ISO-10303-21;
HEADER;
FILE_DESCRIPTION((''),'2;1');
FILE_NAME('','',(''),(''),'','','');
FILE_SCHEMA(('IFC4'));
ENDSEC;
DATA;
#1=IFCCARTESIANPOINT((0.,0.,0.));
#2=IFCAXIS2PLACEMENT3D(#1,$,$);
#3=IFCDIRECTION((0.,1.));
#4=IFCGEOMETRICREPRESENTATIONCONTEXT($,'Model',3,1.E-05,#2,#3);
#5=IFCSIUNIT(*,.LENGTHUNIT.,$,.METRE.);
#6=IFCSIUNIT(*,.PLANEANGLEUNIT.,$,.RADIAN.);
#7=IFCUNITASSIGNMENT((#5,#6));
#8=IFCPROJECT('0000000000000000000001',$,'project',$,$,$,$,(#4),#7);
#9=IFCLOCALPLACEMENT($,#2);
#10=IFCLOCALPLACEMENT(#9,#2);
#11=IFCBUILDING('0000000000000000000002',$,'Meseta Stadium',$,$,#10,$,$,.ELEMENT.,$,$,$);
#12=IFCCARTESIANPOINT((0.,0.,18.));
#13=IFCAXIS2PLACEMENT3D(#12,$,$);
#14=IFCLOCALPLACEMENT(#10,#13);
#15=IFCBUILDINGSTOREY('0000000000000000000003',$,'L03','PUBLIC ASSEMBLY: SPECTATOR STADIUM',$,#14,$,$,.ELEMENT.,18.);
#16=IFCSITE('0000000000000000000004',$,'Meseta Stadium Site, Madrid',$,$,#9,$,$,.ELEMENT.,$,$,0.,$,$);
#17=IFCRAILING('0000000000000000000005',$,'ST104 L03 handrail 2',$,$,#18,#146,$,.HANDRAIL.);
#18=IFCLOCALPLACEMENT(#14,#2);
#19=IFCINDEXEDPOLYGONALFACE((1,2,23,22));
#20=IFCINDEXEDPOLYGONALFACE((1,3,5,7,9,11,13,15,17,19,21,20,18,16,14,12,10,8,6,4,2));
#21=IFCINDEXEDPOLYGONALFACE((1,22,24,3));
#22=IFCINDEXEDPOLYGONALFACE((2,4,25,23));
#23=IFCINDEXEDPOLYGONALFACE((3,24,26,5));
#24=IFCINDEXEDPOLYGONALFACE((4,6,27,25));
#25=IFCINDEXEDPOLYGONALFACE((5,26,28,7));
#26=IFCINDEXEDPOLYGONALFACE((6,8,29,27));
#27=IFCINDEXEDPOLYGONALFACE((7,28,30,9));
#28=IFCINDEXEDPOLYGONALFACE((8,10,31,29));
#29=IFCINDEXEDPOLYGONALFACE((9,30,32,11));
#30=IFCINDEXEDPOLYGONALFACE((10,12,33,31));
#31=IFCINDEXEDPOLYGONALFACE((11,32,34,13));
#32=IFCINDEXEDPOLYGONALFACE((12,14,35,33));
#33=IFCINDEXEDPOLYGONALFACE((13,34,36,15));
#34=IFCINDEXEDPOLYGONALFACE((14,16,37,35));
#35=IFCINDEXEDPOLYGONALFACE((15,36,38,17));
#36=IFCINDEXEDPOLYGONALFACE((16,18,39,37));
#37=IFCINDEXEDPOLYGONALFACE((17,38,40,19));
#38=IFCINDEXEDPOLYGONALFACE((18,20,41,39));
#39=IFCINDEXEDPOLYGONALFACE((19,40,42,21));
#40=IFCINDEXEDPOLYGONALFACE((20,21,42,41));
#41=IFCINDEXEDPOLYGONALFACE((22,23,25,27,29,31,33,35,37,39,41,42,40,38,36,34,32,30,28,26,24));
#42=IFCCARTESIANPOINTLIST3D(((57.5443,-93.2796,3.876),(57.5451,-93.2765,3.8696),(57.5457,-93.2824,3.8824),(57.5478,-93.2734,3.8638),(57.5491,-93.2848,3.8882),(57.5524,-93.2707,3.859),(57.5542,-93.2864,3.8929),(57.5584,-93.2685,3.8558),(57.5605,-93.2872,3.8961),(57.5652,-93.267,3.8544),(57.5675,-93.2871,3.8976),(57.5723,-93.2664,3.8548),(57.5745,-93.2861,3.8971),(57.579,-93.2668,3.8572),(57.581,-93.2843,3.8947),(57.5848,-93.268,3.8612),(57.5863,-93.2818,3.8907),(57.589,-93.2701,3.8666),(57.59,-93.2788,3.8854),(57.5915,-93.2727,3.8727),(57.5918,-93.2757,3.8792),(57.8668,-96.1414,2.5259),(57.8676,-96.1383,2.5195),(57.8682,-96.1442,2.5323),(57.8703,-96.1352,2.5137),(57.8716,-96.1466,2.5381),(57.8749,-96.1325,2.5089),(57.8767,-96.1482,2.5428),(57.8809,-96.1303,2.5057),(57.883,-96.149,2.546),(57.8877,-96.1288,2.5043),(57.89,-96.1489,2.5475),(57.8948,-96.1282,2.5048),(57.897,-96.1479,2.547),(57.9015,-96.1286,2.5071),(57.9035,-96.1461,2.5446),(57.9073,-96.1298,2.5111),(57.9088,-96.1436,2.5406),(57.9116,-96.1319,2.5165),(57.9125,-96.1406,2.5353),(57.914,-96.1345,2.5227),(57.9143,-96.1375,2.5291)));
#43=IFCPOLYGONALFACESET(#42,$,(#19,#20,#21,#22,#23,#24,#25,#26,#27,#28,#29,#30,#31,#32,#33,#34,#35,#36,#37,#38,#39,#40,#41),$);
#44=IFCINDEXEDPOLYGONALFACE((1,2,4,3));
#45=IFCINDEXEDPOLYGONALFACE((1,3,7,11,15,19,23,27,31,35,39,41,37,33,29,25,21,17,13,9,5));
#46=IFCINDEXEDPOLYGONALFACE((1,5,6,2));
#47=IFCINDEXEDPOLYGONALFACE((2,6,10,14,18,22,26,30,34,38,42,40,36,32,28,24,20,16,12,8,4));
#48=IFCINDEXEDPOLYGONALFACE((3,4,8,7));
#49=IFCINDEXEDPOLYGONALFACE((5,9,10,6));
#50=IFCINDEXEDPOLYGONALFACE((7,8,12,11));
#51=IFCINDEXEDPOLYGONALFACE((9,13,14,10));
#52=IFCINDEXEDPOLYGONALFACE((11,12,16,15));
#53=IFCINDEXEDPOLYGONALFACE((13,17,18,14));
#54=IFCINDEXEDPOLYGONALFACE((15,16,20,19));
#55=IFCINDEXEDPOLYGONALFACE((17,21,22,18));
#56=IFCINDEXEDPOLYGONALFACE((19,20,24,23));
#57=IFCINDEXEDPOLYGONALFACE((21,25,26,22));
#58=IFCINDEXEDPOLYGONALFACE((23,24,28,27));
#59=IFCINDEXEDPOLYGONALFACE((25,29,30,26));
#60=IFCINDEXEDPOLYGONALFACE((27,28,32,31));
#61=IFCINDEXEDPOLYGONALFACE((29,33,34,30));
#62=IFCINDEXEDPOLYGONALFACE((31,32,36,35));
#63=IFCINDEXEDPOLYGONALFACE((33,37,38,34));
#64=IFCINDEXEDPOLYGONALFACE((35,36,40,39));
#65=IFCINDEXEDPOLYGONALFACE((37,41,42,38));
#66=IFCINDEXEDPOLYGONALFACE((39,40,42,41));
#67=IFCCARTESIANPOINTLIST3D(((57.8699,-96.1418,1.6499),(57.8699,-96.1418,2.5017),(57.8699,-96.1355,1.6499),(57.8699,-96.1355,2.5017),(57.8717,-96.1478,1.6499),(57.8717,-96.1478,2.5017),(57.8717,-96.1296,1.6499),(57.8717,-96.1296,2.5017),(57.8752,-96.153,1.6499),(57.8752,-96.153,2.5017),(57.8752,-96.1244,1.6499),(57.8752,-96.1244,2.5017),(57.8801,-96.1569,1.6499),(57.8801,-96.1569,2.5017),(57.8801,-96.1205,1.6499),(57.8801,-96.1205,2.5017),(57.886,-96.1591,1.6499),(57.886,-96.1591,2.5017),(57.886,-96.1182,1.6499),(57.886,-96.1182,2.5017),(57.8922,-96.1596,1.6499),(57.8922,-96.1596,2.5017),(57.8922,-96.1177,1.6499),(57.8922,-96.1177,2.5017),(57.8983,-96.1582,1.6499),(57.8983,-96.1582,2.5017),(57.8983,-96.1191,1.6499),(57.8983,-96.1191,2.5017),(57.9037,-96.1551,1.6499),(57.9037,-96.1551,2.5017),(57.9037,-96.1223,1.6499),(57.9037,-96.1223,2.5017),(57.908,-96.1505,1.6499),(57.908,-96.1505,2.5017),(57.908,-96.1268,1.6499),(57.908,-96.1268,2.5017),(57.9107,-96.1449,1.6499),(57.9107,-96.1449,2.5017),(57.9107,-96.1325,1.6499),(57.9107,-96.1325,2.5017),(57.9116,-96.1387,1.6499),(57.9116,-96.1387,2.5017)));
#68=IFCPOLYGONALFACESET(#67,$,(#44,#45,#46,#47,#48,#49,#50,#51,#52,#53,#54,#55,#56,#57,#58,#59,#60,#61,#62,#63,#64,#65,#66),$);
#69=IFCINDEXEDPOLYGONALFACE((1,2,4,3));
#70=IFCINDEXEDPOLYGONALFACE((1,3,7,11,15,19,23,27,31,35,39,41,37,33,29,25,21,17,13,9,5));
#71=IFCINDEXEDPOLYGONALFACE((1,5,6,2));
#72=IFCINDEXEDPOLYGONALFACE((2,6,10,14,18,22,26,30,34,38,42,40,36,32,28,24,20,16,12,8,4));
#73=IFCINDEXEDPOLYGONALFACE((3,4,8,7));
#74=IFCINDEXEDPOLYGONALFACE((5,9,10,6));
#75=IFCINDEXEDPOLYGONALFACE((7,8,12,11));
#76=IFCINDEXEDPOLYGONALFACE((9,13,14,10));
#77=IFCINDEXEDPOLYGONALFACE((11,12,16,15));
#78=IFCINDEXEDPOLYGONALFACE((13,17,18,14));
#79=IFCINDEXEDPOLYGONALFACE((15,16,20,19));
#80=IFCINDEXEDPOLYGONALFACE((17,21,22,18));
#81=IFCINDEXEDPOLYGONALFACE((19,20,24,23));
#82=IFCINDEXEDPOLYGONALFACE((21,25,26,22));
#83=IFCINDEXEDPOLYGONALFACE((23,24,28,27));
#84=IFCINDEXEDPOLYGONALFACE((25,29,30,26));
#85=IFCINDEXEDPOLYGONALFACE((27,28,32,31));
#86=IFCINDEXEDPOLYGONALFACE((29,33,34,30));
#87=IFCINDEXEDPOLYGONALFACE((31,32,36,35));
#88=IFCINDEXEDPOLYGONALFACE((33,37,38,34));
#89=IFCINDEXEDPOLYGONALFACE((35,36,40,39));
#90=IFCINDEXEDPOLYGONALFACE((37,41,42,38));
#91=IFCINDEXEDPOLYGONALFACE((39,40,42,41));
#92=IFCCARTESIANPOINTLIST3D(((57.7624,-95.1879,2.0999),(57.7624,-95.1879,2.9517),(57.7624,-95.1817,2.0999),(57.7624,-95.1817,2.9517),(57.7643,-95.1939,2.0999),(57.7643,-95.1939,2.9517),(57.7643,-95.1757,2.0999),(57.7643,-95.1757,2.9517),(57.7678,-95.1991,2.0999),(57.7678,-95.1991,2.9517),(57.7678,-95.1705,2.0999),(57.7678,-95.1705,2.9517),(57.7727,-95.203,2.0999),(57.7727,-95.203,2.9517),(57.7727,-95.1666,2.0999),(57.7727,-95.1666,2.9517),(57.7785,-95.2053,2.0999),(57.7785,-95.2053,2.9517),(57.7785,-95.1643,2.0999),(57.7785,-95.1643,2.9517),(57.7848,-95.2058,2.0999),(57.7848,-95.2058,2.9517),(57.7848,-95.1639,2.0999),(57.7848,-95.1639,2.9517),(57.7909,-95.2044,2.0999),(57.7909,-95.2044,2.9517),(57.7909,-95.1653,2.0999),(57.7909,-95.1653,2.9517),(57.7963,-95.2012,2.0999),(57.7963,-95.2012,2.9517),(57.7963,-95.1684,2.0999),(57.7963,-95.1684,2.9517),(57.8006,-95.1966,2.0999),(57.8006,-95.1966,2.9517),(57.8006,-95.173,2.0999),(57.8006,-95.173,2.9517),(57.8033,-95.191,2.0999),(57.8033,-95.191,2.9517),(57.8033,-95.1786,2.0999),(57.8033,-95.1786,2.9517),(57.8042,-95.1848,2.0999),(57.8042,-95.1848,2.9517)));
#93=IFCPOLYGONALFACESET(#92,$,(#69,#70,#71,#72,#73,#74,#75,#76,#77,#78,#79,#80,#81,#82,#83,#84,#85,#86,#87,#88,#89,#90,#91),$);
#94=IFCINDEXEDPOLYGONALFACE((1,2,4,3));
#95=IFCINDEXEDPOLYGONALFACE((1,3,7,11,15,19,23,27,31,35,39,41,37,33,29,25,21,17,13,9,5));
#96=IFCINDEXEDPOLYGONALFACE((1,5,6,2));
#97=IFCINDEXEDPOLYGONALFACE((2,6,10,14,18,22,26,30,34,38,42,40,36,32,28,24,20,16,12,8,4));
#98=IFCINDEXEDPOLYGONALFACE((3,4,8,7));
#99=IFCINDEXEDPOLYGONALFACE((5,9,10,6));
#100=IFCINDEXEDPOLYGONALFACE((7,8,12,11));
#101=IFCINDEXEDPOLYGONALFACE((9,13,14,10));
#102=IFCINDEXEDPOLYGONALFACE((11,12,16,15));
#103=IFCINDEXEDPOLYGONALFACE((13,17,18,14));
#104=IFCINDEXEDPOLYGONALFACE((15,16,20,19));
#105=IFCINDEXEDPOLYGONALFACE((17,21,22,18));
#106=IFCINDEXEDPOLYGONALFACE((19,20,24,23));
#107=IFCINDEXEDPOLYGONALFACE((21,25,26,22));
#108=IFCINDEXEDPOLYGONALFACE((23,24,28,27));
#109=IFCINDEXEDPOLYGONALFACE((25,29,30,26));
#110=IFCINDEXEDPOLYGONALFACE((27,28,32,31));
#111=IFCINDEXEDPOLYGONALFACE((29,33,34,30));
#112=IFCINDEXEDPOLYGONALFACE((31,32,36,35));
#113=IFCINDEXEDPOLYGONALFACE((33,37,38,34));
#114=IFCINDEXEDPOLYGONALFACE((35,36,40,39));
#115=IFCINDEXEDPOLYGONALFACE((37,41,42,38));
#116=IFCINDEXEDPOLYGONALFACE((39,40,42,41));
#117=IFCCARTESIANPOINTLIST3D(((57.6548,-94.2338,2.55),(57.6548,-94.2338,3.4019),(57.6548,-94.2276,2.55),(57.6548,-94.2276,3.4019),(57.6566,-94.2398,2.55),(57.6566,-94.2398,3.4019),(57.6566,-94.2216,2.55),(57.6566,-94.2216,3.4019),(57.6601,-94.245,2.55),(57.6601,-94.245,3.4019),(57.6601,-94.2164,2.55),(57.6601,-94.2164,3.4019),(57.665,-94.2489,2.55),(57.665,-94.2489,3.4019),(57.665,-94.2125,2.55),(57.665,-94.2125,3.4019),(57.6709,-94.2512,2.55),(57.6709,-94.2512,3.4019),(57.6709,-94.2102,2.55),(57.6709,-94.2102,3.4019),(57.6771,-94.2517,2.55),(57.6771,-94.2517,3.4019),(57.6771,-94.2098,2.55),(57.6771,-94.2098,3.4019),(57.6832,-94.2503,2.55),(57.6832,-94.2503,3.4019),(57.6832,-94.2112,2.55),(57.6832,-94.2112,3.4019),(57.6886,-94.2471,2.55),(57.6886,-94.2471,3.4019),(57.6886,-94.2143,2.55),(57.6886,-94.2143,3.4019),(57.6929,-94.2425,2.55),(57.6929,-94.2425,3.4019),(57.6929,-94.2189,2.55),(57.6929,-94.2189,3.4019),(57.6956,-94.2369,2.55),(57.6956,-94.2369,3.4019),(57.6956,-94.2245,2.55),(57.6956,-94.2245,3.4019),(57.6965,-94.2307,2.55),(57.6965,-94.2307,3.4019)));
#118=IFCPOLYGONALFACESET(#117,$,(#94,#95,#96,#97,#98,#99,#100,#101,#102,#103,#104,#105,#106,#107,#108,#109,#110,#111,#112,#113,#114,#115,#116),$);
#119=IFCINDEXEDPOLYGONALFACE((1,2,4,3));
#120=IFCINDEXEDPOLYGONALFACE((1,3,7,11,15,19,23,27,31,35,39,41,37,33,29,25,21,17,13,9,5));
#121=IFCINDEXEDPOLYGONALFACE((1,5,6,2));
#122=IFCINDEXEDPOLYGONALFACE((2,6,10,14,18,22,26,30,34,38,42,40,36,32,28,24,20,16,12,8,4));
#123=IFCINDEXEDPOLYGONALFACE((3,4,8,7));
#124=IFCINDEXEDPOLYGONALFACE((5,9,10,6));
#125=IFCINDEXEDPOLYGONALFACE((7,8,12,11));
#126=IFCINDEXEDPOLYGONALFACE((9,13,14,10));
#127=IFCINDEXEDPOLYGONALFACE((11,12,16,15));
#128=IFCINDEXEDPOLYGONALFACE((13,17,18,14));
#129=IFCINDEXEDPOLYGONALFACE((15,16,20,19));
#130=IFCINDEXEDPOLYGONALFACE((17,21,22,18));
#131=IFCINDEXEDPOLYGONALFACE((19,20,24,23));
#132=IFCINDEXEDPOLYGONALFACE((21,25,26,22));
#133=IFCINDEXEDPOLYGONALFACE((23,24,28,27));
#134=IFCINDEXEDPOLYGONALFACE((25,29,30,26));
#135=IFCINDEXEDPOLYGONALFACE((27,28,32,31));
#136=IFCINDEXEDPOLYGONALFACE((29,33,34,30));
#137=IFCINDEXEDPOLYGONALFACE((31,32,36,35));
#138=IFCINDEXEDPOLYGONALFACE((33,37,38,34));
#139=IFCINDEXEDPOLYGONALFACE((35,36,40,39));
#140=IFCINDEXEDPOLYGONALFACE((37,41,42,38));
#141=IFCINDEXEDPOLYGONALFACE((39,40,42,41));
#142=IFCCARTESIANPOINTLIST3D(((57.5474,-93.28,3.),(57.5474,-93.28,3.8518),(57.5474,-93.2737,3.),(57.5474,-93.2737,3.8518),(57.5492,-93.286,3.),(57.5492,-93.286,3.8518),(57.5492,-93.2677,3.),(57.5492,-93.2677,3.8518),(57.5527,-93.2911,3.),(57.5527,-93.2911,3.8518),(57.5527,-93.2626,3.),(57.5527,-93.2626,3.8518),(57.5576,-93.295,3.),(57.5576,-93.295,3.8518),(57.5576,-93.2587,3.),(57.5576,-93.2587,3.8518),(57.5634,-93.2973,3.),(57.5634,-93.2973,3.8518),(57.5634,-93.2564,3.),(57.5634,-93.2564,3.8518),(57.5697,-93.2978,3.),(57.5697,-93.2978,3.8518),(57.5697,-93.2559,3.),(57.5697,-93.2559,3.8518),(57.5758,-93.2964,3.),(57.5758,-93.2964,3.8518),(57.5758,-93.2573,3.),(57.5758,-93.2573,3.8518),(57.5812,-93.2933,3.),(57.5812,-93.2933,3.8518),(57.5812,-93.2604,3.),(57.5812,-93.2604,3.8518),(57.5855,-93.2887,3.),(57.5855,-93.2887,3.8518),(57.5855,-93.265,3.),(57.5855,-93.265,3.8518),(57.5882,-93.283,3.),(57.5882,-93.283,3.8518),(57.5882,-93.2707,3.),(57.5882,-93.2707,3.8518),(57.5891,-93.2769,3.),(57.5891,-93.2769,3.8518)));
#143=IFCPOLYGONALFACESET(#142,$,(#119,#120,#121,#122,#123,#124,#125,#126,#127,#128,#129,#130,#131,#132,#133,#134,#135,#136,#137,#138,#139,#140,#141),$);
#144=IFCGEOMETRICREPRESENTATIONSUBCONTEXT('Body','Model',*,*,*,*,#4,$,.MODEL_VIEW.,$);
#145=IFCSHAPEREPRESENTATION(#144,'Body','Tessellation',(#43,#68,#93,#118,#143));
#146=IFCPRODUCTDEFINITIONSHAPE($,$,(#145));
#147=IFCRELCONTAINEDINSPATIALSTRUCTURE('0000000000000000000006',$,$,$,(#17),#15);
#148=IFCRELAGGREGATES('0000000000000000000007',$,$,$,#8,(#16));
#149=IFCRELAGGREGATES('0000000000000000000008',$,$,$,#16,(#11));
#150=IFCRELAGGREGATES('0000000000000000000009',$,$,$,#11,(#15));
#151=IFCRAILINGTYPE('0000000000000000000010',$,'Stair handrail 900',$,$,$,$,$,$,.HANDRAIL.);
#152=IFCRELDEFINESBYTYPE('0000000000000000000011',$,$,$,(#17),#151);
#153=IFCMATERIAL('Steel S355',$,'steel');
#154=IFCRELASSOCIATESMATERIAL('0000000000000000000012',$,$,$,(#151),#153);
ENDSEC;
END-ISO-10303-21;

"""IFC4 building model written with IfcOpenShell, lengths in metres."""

from ifc_helpers import new_model, si_unit, direction, frame, origin, origin_2d, place, context, subcontext, project, spatial, circle, extrude, material, type_object, element, save


model = new_model("IFC4")

# Units and contexts
model_context = context("Model", 3, precision=1e-05, world=origin(), true_north=direction((0.0, 1.0)))
body_context = subcontext(model_context, "Body", "Model", "MODEL_VIEW")
ifc_project = project(units=[si_unit("LENGTHUNIT", "METRE"), si_unit("PLANEANGLEUNIT", "RADIAN")], contexts=[model_context])

# Site, building, storey
site_placement = place(None, origin())
site = spatial("IfcSite", under=ifc_project, at=site_placement, Name="Meseta Stadium Site, Madrid", CompositionType="ELEMENT", RefElevation=0.0)
building_placement = place(site_placement, origin())
building = spatial("IfcBuilding", under=site, at=building_placement, Name="Meseta Stadium", CompositionType="ELEMENT")
storey_placement = place(building_placement, frame((0.0, 0.0, 18.0)))
storey = spatial("IfcBuildingStorey", under=building, at=storey_placement, Name="L03", Description="PUBLIC ASSEMBLY: SPECTATOR STADIUM", CompositionType="ELEMENT", Elevation=18.0)

# Railing
ifc_material_1 = material(Name="Steel S355", Category="steel")
railing_type_1 = type_object("IfcRailingType", Name="Stair handrail 900", PredefinedType="HANDRAIL", material=ifc_material_1)
for number, where, name in (
    (1, (57.8906, -96.1387, 1.6499), "ST104 L03 handrail 2"),
):
    element("IfcRailing", number, at=place(storey_placement, frame(where)), inside=storey, type_object=railing_type_1, Name=name, PredefinedType="HANDRAIL", context=body_context, shape_type="SweptSolid", body=[
        extrude(circle(Radius=0.0239, at=origin_2d()), frame((0.0, 0.0, 0.876), z_axis=(-0.101396, 0.899748, 0.424467), x_axis=(-0.99371, -0.111985, 0.0)), (0.0, 0.0, 1.0), 3.1807),
        extrude(circle(Radius=0.021, at=origin_2d()), origin(), (0.0, 0.0, 1.0), 0.8518),
        extrude(circle(Radius=0.021, at=origin_2d()), frame((-0.1074, 0.9539, 0.45)), (0.0, 0.0, 1.0), 0.8518),
        extrude(circle(Radius=0.021, at=origin_2d()), frame((-0.2151, 1.908, 0.9001)), (0.0, 0.0, 1.0), 0.8518),
        extrude(circle(Radius=0.021, at=origin_2d()), frame((-0.3225, 2.8618, 1.3501)), (0.0, 0.0, 1.0), 0.8518),
    ])

save(model, "model.ifc")
